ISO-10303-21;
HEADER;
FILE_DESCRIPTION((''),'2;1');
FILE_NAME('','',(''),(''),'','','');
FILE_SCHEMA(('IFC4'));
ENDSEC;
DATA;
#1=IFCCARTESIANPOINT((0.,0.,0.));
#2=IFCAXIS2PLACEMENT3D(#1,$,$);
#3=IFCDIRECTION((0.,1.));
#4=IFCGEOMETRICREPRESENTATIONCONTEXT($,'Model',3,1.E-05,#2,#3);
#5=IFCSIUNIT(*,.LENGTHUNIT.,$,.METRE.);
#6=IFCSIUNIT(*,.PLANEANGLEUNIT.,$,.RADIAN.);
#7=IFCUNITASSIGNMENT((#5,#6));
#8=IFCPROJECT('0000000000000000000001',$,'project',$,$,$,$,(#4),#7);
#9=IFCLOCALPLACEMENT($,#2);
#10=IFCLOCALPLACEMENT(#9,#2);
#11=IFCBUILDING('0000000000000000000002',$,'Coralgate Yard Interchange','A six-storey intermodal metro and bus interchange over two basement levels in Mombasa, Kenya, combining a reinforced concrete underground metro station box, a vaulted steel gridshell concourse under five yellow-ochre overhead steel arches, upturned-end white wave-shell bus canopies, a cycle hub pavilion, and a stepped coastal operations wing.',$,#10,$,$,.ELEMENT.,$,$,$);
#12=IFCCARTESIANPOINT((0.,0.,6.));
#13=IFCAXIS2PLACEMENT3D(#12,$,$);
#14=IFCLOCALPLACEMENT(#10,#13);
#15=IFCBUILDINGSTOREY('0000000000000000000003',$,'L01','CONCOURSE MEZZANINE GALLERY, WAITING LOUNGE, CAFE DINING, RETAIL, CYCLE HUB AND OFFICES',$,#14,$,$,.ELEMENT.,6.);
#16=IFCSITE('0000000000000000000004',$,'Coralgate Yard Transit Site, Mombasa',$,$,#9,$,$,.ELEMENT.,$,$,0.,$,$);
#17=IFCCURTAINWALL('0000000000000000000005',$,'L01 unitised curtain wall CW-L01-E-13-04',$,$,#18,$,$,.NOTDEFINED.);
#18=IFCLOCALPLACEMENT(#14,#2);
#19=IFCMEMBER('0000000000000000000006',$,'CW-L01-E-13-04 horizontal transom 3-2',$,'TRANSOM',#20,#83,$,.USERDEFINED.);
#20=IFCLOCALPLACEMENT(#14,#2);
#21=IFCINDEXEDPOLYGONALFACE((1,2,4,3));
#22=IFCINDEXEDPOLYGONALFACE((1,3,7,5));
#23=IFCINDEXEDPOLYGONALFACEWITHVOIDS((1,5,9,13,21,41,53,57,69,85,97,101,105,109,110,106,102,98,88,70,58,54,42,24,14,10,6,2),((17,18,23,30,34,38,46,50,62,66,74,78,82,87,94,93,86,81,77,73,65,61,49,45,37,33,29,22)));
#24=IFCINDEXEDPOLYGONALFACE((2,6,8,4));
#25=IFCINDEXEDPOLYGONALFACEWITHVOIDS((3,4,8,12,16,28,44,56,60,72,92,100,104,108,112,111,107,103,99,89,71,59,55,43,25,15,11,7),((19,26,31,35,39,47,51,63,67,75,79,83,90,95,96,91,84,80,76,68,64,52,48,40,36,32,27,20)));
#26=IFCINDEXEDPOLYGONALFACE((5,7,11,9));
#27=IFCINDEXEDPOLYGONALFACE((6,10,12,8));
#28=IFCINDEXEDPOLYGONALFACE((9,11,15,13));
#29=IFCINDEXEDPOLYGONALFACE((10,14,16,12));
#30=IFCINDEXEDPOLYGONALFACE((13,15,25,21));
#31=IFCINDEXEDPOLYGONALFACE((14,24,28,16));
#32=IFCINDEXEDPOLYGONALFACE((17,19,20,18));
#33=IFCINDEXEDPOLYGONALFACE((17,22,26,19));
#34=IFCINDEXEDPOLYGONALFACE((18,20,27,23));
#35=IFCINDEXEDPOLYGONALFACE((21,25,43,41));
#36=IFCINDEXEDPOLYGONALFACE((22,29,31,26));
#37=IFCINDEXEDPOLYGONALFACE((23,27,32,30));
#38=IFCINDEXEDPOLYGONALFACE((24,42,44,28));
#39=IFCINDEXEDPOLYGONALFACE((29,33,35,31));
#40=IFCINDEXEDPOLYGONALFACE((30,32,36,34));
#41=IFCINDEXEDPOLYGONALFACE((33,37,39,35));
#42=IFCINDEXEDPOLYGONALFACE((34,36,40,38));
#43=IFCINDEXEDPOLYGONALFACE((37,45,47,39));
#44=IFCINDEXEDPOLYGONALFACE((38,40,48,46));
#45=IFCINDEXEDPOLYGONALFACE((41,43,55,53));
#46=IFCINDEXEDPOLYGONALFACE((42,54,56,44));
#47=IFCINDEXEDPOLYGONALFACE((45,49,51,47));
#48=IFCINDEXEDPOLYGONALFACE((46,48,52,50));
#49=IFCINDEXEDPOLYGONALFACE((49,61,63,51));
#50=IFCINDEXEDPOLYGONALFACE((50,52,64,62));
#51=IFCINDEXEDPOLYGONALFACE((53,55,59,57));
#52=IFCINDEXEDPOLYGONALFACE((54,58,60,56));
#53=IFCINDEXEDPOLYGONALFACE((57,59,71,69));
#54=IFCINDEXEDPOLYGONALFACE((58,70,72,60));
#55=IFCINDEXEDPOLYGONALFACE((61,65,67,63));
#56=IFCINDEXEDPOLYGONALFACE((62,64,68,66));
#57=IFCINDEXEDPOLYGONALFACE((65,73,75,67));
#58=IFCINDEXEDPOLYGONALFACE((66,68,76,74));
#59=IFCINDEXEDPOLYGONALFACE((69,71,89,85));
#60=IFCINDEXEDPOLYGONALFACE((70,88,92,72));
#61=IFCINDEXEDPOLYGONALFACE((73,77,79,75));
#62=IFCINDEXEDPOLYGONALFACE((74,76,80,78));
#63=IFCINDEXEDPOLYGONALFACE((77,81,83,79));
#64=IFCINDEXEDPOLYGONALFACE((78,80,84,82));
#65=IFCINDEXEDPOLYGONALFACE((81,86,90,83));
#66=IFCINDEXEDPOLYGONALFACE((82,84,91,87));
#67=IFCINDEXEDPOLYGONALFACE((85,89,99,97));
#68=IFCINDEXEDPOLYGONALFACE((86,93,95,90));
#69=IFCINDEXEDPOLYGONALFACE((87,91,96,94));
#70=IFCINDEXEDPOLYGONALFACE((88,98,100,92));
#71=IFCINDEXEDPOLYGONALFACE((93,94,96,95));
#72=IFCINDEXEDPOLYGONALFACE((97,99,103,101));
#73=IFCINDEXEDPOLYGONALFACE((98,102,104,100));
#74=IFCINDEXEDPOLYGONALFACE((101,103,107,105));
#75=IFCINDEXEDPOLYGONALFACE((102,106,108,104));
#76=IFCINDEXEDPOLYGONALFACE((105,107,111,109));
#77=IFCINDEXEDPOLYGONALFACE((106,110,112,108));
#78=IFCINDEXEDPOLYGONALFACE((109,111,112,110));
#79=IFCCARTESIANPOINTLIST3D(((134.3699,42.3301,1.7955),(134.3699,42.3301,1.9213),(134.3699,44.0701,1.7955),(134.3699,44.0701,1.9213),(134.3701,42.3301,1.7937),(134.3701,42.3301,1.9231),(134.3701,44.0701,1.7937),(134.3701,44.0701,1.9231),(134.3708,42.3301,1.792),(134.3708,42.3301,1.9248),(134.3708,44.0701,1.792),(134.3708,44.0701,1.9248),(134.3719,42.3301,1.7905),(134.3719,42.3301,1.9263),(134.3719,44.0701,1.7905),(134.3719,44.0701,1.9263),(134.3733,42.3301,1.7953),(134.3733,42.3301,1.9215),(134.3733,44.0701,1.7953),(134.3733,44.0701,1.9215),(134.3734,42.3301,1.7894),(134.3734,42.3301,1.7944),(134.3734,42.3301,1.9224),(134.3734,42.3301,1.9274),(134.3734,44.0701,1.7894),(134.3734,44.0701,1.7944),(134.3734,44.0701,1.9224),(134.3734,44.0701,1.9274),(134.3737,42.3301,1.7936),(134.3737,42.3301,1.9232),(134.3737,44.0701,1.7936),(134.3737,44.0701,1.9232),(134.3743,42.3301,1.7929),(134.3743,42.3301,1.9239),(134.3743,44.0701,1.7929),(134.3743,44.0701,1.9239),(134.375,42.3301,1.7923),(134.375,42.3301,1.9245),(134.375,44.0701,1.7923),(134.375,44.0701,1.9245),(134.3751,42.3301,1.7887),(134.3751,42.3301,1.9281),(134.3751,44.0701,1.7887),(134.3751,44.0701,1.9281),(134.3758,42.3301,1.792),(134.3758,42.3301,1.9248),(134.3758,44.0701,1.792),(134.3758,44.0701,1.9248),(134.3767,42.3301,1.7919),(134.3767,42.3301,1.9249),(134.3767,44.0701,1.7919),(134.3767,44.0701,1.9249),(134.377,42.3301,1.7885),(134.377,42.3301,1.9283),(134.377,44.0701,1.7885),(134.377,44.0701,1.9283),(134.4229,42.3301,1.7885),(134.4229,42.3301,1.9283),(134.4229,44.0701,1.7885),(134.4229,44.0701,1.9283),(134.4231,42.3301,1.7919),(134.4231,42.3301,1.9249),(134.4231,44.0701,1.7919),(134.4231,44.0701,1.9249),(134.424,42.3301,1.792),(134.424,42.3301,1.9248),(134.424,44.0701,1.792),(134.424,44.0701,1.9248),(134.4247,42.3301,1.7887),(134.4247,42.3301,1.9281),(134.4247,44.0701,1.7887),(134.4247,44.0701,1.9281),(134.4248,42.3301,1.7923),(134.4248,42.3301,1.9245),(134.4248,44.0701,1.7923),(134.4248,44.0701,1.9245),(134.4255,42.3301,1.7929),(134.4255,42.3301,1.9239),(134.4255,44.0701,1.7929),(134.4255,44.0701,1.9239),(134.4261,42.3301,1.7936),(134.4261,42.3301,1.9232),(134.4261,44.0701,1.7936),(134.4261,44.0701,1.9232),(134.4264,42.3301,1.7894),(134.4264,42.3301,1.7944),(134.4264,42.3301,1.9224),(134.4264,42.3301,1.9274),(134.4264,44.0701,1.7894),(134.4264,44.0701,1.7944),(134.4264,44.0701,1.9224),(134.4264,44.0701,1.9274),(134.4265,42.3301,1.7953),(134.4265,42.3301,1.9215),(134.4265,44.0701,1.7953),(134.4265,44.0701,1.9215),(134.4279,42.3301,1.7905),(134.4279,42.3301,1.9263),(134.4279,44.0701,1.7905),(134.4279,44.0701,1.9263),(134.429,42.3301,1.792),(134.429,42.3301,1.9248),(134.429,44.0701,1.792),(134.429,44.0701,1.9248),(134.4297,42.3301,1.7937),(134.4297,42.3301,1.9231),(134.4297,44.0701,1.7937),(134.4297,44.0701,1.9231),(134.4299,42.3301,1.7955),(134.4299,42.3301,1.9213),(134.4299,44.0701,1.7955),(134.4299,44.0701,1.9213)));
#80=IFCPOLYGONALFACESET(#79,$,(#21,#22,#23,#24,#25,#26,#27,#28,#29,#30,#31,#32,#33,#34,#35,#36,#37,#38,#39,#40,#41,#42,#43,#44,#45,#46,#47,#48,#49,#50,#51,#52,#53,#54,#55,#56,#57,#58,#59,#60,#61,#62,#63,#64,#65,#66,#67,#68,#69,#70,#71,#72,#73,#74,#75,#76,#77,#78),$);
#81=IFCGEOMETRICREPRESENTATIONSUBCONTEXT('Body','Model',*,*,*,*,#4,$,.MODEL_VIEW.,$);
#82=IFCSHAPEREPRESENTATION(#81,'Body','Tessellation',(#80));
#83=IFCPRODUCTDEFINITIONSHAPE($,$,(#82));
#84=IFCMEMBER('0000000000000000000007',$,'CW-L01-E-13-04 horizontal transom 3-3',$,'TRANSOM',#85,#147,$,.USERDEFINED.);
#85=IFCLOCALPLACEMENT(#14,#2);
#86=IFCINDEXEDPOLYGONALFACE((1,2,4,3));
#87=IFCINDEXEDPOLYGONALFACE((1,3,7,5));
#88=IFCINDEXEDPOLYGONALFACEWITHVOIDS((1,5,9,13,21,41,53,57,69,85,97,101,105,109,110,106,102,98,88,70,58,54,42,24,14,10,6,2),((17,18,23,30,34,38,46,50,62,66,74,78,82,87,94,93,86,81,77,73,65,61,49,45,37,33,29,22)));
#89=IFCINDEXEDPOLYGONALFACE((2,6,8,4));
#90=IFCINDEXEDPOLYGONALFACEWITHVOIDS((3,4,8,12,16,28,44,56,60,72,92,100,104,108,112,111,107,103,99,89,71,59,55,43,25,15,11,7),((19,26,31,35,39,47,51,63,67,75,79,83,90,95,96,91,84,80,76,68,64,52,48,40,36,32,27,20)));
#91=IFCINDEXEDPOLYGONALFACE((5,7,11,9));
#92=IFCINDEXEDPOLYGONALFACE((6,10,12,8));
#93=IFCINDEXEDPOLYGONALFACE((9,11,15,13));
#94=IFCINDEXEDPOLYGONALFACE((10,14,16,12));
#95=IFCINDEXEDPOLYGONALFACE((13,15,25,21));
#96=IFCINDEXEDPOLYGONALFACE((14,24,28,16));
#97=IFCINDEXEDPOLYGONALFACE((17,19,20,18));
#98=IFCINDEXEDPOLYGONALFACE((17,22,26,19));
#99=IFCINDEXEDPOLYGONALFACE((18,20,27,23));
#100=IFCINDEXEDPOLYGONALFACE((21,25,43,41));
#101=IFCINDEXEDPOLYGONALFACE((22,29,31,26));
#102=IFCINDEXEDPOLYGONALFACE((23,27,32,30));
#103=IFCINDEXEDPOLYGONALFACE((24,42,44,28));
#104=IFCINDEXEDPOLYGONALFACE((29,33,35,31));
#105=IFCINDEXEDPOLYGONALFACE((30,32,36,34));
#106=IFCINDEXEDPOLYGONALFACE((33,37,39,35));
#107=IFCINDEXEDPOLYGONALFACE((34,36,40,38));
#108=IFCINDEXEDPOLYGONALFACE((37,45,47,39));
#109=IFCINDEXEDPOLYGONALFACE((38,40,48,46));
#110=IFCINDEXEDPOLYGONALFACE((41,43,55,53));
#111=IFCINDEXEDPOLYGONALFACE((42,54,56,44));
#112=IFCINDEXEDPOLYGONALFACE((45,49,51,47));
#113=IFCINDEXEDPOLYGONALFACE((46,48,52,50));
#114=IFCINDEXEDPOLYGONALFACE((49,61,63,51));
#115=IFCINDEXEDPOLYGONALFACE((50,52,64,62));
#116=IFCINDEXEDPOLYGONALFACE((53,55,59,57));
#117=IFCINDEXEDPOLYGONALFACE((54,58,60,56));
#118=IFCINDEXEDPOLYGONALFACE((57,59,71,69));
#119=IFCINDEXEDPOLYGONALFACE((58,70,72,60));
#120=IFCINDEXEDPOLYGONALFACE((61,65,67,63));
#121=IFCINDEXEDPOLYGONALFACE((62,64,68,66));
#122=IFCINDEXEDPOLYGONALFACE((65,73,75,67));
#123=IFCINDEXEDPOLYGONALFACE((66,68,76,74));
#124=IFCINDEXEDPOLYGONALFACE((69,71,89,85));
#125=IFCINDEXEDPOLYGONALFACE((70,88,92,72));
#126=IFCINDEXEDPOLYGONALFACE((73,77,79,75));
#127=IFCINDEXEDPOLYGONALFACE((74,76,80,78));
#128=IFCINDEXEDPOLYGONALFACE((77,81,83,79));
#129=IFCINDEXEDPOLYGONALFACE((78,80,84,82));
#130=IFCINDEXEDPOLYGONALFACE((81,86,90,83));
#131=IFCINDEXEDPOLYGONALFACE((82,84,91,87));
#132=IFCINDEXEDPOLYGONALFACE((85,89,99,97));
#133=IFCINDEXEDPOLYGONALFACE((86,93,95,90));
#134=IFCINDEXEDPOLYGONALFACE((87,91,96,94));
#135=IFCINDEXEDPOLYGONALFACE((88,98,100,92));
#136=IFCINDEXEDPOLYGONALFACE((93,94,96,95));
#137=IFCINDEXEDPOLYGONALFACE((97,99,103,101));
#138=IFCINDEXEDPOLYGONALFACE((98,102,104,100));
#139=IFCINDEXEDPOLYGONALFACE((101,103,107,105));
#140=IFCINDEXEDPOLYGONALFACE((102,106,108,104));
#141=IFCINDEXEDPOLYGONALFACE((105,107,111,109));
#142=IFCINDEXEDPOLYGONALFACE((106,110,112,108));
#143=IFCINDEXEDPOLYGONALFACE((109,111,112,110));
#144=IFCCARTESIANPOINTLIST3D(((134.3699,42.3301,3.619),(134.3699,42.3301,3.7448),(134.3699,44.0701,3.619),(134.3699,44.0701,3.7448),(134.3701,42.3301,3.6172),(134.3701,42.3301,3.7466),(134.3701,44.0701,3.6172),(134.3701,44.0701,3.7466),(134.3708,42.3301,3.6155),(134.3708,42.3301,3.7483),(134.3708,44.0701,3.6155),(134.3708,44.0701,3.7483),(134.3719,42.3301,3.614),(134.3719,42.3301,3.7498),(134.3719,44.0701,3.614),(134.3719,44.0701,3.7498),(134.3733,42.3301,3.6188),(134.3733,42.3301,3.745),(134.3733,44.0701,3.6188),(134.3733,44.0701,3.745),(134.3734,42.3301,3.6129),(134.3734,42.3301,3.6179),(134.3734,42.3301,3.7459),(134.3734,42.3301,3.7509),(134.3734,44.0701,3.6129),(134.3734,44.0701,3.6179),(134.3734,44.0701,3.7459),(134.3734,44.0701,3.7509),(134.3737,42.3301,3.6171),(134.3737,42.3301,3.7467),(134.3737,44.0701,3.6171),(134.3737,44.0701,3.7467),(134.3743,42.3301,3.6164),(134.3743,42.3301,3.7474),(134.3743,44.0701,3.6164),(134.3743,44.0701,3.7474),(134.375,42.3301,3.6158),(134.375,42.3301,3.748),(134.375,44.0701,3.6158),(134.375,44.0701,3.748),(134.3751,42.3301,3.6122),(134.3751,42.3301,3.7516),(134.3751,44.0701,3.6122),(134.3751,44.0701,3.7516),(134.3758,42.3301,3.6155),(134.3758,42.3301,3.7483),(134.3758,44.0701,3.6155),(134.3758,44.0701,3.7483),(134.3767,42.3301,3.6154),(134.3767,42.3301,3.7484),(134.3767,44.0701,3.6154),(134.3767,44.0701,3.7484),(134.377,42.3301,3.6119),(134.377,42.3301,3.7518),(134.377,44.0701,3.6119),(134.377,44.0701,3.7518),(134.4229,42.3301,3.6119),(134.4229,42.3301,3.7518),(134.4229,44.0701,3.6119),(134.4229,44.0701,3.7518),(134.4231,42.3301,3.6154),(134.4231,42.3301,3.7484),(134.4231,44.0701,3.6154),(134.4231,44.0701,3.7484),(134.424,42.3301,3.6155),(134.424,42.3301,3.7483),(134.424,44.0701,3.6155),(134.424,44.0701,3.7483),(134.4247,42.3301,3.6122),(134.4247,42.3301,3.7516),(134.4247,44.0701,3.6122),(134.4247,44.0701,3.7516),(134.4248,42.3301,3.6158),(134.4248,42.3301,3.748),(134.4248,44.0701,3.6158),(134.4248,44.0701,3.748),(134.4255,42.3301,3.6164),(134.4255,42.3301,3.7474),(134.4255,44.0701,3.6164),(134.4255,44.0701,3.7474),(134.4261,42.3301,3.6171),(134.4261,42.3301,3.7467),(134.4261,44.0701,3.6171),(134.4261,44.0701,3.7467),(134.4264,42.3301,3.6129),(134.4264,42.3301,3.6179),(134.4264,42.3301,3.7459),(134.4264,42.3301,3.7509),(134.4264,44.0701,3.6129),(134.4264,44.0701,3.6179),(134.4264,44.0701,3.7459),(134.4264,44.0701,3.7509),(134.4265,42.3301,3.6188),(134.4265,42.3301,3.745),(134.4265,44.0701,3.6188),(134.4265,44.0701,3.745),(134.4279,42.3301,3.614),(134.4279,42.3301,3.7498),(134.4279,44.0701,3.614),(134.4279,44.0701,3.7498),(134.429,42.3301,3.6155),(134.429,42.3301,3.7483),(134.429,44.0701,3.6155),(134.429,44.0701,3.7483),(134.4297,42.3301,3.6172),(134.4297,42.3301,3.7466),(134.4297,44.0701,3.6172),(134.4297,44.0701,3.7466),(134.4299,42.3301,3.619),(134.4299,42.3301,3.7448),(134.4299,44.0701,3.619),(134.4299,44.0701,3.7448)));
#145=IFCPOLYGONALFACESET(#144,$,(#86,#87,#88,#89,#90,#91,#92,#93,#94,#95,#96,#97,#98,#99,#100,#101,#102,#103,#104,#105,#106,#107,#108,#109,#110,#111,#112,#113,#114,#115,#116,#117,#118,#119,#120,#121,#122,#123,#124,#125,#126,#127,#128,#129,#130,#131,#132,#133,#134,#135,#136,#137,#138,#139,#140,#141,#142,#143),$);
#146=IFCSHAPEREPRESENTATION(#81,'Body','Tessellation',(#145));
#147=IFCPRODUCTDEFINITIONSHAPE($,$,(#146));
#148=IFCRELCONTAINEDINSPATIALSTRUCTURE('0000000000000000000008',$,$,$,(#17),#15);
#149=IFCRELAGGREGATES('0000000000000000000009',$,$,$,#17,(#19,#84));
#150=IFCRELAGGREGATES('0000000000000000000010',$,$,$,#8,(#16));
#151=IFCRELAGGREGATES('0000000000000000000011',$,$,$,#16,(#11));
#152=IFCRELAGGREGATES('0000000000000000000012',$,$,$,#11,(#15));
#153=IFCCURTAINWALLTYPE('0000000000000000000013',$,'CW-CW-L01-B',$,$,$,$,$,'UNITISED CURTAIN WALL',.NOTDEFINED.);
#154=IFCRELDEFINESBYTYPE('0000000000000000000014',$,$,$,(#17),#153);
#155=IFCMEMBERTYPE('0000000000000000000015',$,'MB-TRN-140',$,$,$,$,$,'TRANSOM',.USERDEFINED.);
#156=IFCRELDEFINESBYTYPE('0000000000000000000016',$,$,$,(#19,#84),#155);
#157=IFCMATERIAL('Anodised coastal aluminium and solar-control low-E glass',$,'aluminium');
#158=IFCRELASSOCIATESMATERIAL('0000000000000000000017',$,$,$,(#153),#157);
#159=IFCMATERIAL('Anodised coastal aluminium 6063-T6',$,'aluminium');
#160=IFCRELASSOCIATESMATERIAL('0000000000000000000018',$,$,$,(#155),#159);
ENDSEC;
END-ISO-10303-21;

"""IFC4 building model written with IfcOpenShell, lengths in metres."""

from ifc_helpers import new_model, si_unit, direction, frame, origin, origin_2d, place, context, subcontext, project, spatial, hollow_rectangle, extrude, material, material_profile, profile_set, type_object, element, aggregate, save


model = new_model("IFC4")

# Units and contexts
model_context = context("Model", 3, precision=1e-05, world=origin(), true_north=direction((0.0, 1.0)))
body_context = subcontext(model_context, "Body", "Model", "MODEL_VIEW")
ifc_project = project(units=[si_unit("LENGTHUNIT", "METRE"), si_unit("PLANEANGLEUNIT", "RADIAN")], contexts=[model_context])

# Site, building, storey
site_placement = place(None, origin())
site = spatial("IfcSite", under=ifc_project, at=site_placement, Name="Coralgate Yard Transit Site, Mombasa", CompositionType="ELEMENT", RefElevation=0.0)
building_placement = place(site_placement, origin())
building = spatial("IfcBuilding", under=site, at=building_placement, Name="Coralgate Yard Interchange", Description="A six-storey intermodal metro and bus interchange over two basement levels in Mombasa, Kenya, combining a reinforced concrete underground metro station box, a vaulted steel gridshell concourse under five yellow-ochre overhead steel arches, upturned-end white wave-shell bus canopies, a cycle hub pavilion, and a stepped coastal operations wing.", CompositionType="ELEMENT")
storey_placement = place(building_placement, frame((0.0, 0.0, 6.0)))
storey = spatial("IfcBuildingStorey", under=building, at=storey_placement, Name="L01", Description="CONCOURSE MEZZANINE GALLERY, WAITING LOUNGE, CAFE DINING, RETAIL, CYCLE HUB AND OFFICES", CompositionType="ELEMENT", Elevation=6.0)

# Curtain wall, members
ifc_material_1 = material(Name="Anodised coastal aluminium and solar-control low-E glass", Category="aluminium")
curtain_wall_type = type_object("IfcCurtainWallType", Name="CW-CW-L01-B", ElementType="UNITISED CURTAIN WALL", PredefinedType="NOTDEFINED", material=ifc_material_1)
curtain_wall_placement = place(storey_placement, origin())
curtain_wall = element("IfcCurtainWall", 1, at=curtain_wall_placement, inside=storey, type_object=curtain_wall_type, Name="L01 unitised curtain wall CW-L01-E-13-04", PredefinedType="NOTDEFINED")
ifc_material_2 = material(Name="Anodised coastal aluminium 6063-T6", Category="aluminium")
ifc_material_profile_1 = material_profile(ifc_material_2, hollow_rectangle(XDim=0.0601, YDim=0.1399, WallThickness=0.0034, InnerFilletRadius=0.0034, OuterFilletRadius=0.0071, at=origin_2d()), Name="ALU 60x140x3.5")
ifc_profile_set_1 = profile_set([ifc_material_profile_1], Name="Anodised coastal aluminium 6063-T6")
member_type_1 = type_object("IfcMemberType", Name="MB-TRN-140", ElementType="TRANSOM", PredefinedType="USERDEFINED", material=ifc_profile_set_1)
member_1_placement = place(storey_placement, frame((134.3999, 44.0701, 1.8584), z_axis=(0.0, -1.0, 0.0), x_axis=(1.0, 0.0, 0.0)))
member_1 = element("IfcMember", 2, at=member_1_placement, type_object=member_type_1, Name="CW-L01-E-13-04 horizontal transom 3-2", ObjectType="TRANSOM", PredefinedType="USERDEFINED", context=body_context, shape_type="SweptSolid", body=[
    extrude(hollow_rectangle(XDim=0.0601, YDim=0.1399, WallThickness=0.0034, InnerFilletRadius=0.0034, OuterFilletRadius=0.0071, at=origin_2d()), origin(), (0.0, 0.0, 1.0), 1.74),
])
member_2_placement = place(storey_placement, frame((134.3999, 44.0701, 3.6819), z_axis=(0.0, -1.0, 0.0), x_axis=(1.0, 0.0, 0.0)))
member_2 = element("IfcMember", 3, at=member_2_placement, type_object=member_type_1, Name="CW-L01-E-13-04 horizontal transom 3-3", ObjectType="TRANSOM", PredefinedType="USERDEFINED", context=body_context, shape_type="SweptSolid", body=[
    extrude(hollow_rectangle(XDim=0.0601, YDim=0.1399, WallThickness=0.0034, InnerFilletRadius=0.0034, OuterFilletRadius=0.0071, at=origin_2d()), origin(), (0.0, 0.0, 1.0), 1.74),
])
aggregate(curtain_wall, [member_1, member_2])

save(model, "model.ifc")
